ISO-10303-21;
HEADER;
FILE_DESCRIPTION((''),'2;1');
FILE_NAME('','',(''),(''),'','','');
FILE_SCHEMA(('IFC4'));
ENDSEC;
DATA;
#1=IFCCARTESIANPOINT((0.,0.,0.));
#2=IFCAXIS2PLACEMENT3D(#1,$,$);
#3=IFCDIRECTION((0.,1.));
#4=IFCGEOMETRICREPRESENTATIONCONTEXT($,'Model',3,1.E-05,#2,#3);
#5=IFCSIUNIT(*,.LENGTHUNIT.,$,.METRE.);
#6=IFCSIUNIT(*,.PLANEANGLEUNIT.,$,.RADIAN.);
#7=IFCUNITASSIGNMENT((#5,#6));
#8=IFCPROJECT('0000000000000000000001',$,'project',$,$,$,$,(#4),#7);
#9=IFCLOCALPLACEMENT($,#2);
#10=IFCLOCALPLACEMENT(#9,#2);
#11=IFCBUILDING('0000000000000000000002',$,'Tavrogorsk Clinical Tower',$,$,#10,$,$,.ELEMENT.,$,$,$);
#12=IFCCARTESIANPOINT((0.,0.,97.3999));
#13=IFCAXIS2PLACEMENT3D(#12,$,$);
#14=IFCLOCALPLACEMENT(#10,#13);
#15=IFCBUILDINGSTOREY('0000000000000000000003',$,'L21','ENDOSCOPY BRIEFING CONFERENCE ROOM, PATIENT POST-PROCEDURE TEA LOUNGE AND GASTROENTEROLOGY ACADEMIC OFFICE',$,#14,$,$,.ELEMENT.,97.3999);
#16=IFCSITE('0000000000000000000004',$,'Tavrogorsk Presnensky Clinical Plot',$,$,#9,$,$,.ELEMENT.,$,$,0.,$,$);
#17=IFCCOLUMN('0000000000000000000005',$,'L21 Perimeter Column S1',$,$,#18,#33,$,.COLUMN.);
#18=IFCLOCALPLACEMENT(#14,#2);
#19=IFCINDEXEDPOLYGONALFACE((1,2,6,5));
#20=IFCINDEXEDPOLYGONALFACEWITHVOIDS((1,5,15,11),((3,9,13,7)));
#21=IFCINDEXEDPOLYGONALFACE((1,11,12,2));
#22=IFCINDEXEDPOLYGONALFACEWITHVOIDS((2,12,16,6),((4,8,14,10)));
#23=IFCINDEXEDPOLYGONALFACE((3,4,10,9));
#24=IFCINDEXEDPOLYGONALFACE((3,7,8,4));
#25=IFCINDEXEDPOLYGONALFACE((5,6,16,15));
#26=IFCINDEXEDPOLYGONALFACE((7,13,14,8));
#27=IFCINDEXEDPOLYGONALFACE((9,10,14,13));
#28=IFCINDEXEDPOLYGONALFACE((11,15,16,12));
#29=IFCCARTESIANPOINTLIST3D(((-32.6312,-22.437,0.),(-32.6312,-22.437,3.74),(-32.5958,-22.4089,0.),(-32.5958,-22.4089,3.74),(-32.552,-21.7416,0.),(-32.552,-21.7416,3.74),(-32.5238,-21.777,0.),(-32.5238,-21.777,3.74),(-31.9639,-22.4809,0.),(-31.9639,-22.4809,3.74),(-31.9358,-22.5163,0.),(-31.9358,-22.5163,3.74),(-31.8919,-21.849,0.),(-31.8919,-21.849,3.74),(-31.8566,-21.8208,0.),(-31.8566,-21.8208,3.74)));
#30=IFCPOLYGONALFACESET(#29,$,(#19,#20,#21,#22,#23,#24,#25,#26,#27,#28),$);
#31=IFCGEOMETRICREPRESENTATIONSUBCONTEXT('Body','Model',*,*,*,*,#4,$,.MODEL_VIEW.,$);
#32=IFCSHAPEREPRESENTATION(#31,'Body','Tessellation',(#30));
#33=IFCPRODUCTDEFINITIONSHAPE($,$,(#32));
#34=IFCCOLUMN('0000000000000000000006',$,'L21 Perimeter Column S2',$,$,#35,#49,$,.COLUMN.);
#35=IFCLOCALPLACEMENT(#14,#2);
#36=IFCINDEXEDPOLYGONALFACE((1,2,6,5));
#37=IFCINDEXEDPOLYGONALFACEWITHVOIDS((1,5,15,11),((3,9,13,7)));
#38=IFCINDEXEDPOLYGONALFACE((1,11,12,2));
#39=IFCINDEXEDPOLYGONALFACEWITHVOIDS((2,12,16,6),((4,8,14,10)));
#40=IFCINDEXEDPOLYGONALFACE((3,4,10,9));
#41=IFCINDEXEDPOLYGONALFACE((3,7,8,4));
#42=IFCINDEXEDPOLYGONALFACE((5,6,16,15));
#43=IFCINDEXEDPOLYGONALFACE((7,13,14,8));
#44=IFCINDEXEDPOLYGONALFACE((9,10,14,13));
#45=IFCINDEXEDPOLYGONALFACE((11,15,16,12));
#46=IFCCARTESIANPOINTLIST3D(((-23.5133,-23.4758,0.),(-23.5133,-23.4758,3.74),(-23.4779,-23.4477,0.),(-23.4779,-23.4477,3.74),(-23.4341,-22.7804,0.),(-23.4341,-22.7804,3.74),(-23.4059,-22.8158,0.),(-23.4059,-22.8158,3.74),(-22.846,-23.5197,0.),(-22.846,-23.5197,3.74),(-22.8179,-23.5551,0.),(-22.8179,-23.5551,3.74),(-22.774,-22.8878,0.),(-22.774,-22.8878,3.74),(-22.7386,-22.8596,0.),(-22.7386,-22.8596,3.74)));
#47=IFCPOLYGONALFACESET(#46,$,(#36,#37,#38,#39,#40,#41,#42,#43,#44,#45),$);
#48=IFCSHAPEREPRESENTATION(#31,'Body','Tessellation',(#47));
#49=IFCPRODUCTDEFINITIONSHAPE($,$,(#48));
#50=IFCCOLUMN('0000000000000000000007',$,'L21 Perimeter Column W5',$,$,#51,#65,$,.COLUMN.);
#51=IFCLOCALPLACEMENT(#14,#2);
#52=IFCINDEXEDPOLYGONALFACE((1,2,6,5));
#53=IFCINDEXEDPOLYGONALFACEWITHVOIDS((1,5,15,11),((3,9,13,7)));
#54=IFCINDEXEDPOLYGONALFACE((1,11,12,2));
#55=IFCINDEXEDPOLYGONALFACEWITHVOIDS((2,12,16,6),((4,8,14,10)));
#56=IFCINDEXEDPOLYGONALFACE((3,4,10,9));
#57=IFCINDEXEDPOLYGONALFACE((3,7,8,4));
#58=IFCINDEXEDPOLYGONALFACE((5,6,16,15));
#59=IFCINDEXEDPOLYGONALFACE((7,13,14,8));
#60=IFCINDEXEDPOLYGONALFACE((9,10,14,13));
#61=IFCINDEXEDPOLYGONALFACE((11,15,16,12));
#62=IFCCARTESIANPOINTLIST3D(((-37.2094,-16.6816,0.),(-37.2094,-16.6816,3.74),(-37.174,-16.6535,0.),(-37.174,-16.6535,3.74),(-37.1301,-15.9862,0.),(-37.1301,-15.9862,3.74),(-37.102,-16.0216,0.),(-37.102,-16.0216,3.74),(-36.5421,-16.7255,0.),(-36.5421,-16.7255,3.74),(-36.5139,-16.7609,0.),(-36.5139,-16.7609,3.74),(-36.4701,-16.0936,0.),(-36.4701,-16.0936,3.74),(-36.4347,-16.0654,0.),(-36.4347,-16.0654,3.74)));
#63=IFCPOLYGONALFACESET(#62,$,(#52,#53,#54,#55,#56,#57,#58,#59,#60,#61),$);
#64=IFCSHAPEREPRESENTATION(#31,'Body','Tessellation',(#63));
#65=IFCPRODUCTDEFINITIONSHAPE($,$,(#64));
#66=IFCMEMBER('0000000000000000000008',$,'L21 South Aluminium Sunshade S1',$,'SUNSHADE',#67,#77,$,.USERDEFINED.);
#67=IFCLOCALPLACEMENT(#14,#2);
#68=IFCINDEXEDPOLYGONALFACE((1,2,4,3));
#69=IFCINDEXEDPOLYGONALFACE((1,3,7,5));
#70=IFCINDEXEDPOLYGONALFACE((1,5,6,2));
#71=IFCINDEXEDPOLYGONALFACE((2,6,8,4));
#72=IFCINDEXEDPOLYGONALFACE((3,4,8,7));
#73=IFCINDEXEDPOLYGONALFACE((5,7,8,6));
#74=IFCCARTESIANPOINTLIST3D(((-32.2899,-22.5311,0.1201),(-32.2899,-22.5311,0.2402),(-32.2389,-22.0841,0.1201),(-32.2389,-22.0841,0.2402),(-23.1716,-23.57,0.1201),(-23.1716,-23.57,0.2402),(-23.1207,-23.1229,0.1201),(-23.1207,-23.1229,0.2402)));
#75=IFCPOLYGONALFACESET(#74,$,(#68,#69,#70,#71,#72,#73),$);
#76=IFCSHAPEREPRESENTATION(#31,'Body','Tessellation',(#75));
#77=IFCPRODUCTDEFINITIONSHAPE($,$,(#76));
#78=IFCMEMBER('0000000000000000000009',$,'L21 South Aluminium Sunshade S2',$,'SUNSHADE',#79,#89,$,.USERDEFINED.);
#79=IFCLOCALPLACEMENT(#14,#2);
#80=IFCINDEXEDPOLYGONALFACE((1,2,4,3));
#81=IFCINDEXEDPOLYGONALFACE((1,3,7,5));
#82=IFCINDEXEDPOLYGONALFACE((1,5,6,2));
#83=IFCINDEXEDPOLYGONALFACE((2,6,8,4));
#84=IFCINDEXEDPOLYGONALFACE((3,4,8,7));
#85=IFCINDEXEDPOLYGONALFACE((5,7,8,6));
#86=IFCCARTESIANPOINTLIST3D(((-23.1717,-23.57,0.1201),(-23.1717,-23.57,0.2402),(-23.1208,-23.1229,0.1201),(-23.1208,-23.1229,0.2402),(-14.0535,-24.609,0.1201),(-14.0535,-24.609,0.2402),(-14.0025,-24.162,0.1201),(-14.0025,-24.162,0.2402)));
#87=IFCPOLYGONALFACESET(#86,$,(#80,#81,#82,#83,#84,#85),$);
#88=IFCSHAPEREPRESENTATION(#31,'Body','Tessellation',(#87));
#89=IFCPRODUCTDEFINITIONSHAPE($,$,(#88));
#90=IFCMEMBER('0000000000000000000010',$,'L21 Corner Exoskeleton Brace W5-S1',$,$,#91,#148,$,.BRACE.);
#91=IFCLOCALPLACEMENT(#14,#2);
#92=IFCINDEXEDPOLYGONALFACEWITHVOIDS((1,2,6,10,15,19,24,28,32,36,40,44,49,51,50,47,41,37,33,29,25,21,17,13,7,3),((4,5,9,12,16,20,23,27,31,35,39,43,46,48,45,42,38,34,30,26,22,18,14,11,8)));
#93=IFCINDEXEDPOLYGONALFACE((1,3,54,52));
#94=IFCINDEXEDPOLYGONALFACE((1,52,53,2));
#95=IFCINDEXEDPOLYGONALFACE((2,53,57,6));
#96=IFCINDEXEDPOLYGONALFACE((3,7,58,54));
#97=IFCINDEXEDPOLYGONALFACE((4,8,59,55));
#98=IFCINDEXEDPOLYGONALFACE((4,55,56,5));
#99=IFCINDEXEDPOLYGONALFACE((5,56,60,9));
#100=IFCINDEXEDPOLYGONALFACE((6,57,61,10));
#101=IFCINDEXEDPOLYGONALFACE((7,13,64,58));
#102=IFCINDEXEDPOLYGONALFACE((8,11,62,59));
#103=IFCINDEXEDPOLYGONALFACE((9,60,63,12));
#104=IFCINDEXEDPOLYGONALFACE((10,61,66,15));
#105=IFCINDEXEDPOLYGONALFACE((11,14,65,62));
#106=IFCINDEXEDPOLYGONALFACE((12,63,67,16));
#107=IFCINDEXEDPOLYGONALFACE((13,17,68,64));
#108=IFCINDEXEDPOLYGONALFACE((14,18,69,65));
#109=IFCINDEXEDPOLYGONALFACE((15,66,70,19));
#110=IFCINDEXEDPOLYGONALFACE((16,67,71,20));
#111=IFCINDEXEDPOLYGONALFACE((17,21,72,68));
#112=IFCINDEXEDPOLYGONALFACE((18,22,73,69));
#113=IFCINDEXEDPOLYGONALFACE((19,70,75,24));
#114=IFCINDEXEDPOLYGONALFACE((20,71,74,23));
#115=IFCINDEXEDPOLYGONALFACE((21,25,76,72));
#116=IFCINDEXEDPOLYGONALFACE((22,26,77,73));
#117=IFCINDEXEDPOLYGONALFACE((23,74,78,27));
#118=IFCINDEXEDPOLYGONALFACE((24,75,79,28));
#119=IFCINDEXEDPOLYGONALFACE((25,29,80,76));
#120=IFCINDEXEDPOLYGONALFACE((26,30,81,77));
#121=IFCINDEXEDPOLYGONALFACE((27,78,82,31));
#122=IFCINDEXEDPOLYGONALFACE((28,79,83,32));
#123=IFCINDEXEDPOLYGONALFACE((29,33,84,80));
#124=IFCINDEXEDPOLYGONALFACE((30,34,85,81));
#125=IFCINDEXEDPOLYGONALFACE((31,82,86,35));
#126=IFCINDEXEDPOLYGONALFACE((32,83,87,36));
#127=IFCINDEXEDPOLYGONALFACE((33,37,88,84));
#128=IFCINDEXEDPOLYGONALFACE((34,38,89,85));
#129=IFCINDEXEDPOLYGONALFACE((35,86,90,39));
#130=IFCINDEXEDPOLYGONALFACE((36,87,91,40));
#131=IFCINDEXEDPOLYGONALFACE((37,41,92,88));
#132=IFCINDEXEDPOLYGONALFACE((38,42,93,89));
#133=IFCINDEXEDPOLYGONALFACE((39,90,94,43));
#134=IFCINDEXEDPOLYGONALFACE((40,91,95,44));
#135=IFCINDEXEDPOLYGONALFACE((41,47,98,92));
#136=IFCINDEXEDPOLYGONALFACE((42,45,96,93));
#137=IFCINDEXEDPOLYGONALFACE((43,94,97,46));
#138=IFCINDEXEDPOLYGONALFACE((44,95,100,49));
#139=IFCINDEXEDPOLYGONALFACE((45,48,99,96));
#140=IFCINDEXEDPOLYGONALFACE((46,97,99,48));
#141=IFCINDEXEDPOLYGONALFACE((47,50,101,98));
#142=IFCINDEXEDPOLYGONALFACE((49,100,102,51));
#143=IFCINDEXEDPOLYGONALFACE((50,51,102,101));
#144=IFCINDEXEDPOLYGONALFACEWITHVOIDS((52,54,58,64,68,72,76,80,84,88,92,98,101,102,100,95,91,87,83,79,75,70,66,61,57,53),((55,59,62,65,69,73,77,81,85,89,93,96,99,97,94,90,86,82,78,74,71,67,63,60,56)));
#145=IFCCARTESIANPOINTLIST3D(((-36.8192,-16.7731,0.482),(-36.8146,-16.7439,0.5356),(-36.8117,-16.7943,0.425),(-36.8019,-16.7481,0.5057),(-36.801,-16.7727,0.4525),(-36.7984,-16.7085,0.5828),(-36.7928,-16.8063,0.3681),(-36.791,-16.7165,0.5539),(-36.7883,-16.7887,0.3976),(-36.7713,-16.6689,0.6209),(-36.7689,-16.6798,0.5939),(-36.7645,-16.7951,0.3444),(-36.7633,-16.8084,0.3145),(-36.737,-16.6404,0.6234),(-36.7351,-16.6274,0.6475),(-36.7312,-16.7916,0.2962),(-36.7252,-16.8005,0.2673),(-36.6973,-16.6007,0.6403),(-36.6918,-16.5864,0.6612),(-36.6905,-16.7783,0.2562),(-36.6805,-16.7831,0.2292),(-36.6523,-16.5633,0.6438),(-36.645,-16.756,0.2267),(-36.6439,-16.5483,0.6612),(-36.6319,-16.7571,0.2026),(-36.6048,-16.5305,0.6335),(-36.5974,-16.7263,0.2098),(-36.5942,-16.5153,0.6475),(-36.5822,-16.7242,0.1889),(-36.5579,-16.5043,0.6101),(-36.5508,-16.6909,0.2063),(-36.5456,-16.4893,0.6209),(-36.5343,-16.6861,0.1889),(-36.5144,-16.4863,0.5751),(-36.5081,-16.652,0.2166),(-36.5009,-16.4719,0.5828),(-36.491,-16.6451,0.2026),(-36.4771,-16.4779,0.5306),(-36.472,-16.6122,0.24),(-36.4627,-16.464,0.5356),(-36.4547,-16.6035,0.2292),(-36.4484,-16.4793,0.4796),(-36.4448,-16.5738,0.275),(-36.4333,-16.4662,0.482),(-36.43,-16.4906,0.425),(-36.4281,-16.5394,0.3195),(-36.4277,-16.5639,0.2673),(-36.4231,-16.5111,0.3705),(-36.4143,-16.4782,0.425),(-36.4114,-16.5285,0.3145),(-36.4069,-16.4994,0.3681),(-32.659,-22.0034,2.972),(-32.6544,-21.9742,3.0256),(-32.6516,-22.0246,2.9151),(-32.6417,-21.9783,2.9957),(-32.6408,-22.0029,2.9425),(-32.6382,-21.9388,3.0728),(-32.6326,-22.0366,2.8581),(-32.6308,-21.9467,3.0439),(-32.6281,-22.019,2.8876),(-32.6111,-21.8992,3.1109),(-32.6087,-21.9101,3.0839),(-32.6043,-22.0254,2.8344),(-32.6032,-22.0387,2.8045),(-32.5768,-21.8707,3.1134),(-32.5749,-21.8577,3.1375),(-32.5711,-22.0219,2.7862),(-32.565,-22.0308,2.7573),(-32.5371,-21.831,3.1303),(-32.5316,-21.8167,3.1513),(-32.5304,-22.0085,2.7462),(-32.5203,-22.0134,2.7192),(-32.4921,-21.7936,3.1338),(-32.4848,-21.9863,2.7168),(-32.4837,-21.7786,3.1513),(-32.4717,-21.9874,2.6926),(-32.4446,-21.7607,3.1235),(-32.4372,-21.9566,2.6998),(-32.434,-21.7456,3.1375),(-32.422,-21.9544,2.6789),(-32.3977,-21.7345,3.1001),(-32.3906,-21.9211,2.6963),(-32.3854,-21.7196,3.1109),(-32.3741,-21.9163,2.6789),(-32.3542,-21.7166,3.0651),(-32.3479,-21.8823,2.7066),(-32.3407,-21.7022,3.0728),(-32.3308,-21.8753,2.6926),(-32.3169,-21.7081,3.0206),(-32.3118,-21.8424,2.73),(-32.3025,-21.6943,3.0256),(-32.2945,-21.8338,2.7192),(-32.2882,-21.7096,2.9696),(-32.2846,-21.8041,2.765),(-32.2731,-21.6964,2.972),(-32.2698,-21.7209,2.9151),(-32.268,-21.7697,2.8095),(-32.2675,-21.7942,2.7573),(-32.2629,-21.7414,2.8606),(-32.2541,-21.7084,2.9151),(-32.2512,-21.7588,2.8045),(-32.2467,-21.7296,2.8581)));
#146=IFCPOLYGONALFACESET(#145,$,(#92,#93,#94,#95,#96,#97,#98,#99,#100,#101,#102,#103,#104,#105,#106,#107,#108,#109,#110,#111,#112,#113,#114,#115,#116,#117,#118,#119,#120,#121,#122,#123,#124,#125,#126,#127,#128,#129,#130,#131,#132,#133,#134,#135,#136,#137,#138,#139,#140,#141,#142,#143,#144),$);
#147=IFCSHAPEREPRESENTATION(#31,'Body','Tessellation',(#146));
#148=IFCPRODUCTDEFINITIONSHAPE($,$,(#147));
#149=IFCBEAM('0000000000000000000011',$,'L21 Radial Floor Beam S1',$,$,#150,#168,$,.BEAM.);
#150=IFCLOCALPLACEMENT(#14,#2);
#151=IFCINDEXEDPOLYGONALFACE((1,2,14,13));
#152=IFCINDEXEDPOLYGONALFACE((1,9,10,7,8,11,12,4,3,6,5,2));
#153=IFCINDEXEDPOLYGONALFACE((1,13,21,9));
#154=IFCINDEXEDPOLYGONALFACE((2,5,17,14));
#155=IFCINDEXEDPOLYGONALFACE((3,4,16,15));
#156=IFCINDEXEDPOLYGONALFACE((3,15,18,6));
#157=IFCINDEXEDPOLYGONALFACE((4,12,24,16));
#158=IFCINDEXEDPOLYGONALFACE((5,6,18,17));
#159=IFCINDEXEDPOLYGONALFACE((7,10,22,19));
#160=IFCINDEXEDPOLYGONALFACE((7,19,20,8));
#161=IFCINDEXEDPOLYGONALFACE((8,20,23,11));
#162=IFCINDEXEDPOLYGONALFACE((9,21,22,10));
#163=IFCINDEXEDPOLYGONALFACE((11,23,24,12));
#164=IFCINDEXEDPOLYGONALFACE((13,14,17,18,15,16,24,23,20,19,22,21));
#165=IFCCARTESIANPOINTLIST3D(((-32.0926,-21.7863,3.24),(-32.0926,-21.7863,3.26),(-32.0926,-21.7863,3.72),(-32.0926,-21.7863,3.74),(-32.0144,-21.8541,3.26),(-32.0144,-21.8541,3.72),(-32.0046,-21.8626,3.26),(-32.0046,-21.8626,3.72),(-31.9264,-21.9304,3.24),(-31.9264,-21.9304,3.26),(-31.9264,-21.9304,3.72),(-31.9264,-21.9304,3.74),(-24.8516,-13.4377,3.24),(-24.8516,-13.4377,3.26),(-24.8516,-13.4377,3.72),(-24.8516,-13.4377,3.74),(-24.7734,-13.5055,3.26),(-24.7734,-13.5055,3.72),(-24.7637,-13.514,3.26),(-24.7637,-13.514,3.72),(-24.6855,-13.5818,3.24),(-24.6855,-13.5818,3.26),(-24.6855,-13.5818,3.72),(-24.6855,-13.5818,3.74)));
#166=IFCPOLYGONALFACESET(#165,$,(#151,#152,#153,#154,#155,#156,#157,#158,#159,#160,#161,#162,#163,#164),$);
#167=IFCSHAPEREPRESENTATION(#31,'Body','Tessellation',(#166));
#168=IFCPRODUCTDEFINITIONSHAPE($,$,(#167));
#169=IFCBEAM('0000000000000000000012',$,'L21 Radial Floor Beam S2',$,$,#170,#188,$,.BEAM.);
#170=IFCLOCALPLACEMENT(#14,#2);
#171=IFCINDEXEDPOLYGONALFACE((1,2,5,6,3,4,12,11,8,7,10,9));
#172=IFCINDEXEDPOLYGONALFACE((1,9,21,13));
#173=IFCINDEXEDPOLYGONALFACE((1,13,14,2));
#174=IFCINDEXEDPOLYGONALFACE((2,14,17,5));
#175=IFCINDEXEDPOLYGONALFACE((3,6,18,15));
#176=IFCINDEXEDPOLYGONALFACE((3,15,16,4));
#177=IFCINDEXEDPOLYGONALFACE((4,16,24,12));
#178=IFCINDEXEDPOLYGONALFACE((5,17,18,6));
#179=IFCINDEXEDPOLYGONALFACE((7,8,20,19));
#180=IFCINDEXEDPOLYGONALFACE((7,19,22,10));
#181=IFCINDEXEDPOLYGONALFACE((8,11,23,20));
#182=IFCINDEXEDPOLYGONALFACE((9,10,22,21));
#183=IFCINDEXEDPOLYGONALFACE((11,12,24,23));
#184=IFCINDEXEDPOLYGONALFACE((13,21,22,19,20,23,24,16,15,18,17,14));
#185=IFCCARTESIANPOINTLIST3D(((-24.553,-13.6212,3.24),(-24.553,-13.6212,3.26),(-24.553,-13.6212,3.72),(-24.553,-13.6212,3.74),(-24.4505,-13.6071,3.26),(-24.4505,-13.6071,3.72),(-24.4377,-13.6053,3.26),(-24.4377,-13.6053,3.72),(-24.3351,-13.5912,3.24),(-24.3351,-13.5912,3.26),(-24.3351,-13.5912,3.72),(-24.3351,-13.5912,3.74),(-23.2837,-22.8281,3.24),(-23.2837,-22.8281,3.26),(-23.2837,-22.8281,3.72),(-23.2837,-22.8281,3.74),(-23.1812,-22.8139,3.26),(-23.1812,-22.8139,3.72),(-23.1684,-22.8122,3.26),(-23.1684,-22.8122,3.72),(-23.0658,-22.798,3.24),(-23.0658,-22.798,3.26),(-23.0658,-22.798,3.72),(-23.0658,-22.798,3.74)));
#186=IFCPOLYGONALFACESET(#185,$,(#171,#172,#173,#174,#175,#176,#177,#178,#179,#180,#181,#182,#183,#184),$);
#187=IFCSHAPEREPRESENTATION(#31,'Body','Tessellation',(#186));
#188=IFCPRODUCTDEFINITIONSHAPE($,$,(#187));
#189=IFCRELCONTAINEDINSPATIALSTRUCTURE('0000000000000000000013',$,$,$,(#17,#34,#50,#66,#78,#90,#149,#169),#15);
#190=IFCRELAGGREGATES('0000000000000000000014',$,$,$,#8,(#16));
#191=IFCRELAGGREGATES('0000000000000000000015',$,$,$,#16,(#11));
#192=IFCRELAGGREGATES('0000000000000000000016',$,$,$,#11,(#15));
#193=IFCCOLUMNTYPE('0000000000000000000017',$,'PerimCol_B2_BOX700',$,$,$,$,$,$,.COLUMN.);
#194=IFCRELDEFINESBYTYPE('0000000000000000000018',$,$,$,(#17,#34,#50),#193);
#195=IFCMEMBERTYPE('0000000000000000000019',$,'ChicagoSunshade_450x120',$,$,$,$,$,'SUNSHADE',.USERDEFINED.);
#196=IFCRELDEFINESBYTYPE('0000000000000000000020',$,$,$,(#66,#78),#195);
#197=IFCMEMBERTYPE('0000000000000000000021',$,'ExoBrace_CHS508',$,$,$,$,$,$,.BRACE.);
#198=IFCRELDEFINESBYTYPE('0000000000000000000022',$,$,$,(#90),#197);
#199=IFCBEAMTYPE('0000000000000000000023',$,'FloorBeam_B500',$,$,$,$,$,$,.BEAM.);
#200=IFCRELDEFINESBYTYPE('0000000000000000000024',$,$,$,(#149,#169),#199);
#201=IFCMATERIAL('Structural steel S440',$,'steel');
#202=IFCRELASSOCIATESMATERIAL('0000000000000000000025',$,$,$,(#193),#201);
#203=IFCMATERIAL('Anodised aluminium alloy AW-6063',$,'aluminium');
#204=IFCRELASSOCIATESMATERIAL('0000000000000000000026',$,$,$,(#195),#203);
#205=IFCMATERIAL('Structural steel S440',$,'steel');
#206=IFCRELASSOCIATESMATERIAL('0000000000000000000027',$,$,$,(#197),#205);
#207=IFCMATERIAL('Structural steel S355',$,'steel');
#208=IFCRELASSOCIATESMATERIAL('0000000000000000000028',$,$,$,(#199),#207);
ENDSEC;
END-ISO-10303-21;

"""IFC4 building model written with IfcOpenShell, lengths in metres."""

from ifc_helpers import new_model, si_unit, direction, frame, origin, origin_2d, place, context, subcontext, project, spatial, rectangle, hollow_rectangle, hollow_circle, i_section, extrude, material, material_profile, profile_set, type_object, element, save


model = new_model("IFC4")

# Units and contexts
model_context = context("Model", 3, precision=1e-05, world=origin(), true_north=direction((0.0, 1.0)))
body_context = subcontext(model_context, "Body", "Model", "MODEL_VIEW")
ifc_project = project(units=[si_unit("LENGTHUNIT", "METRE"), si_unit("PLANEANGLEUNIT", "RADIAN")], contexts=[model_context])

# Site, building, storey
site_placement = place(None, origin())
site = spatial("IfcSite", under=ifc_project, at=site_placement, Name="Tavrogorsk Presnensky Clinical Plot", CompositionType="ELEMENT", RefElevation=0.0)
building_placement = place(site_placement, origin())
building = spatial("IfcBuilding", under=site, at=building_placement, Name="Tavrogorsk Clinical Tower", CompositionType="ELEMENT")
storey_placement = place(building_placement, frame((0.0, 0.0, 97.3999)))
storey = spatial("IfcBuildingStorey", under=building, at=storey_placement, Name="L21", Description="ENDOSCOPY BRIEFING CONFERENCE ROOM, PATIENT POST-PROCEDURE TEA LOUNGE AND GASTROENTEROLOGY ACADEMIC OFFICE", CompositionType="ELEMENT", Elevation=97.3999)

# Columns
ifc_material_1 = material(Name="Structural steel S440", Category="steel")
ifc_material_profile_1 = material_profile(ifc_material_1, hollow_rectangle(XDim=0.7, YDim=0.7, WallThickness=0.032, at=origin_2d()), Name="BOX-700x700x32")
ifc_profile_set_1 = profile_set([ifc_material_profile_1], Name="Structural steel S440")
column_type = type_object("IfcColumnType", Name="PerimCol_B2_BOX700", PredefinedType="COLUMN", material=ifc_profile_set_1)
for number, where, z_axis, x_axis, name in (
    (1, (-32.2439, -22.1289, 0.0), (0.0, 0.0, 1.0), (0.993572, -0.113203, 0.0), "L21 Perimeter Column S1"),
    (2, (-23.126, -23.1677, 0.0), (0.0, 0.0, 1.0), (0.993572, -0.113203, 0.0), "L21 Perimeter Column S2"),
    (3, (-36.822, -16.3735, 0.0), (0.0, 0.0, 1.0), (0.993572, -0.113203, 0.0), "L21 Perimeter Column W5"),
):
    element("IfcColumn", number, at=place(storey_placement, frame(where, z_axis=z_axis, x_axis=x_axis)), inside=storey, type_object=column_type, Name=name, PredefinedType="COLUMN", context=body_context, shape_type="SweptSolid", body=[
        extrude(hollow_rectangle(XDim=0.7, YDim=0.7, WallThickness=0.032, at=origin_2d()), origin(), (0.0, 0.0, 1.0), 3.74),
    ])

# Members
ifc_material_2 = material(Name="Anodised aluminium alloy AW-6063", Category="aluminium")
ifc_material_profile_2 = material_profile(ifc_material_2, rectangle(XDim=0.45, YDim=0.1201, at=origin_2d()), Name="ALU-SUNSHADE-450x120")
ifc_profile_set_2 = profile_set([ifc_material_profile_2], Name="Anodised aluminium alloy AW-6063")
member_type_1 = type_object("IfcMemberType", Name="ChicagoSunshade_450x120", ElementType="SUNSHADE", PredefinedType="USERDEFINED", material=ifc_profile_set_2)
for number, where, z_axis, x_axis, name in (
    (4, (-32.2644, -22.3076, 0.1802), (0.993573, -0.113196, 0.0), (0.113196, 0.993573, 0.0), "L21 South Aluminium Sunshade S1"),
    (5, (-23.1462, -23.3464, 0.1802), (0.99357, -0.113222, 0.0), (0.113222, 0.99357, 0.0), "L21 South Aluminium Sunshade S2"),
):
    element("IfcMember", number, at=place(storey_placement, frame(where, z_axis=z_axis, x_axis=x_axis)), inside=storey, type_object=member_type_1, Name=name, ObjectType="SUNSHADE", PredefinedType="USERDEFINED", context=body_context, shape_type="SweptSolid", body=[
        extrude(rectangle(XDim=0.45, YDim=0.1201, at=origin_2d()), origin(), (0.0, 0.0, 1.0), 9.1772),
    ])
ifc_material_3 = material(Name="Structural steel S440", Category="steel")
ifc_material_profile_3 = material_profile(ifc_material_3, hollow_circle(Radius=0.2539, WallThickness=0.02, at=origin_2d()), Name="CHS-508x20")
ifc_profile_set_3 = profile_set([ifc_material_profile_3], Name="Structural steel S440")
member_type_2 = type_object("IfcMemberType", Name="ExoBrace_CHS508", PredefinedType="BRACE", material=ifc_profile_set_3)
member_1_placement = place(storey_placement, frame((-36.613, -16.6362, 0.425), z_axis=(0.583327, -0.733369, 0.34914), x_axis=(0.782619, 0.622501, 0.0)))
element("IfcMember", 6, at=member_1_placement, inside=storey, type_object=member_type_2, Name="L21 Corner Exoskeleton Brace W5-S1", PredefinedType="BRACE", context=body_context, shape_type="SweptSolid", body=[
    extrude(hollow_circle(Radius=0.2539, WallThickness=0.02, at=origin_2d()), origin(), (0.0, 0.0, 1.0), 7.1318),
])

# Beams
ifc_material_4 = material(Name="Structural steel S355", Category="steel")
ifc_material_profile_4 = material_profile(ifc_material_4, i_section(OverallWidth=0.22, OverallDepth=0.5, WebThickness=0.0129, FlangeThickness=0.02, at=origin_2d()), Name="B-500x220x13x20")
ifc_profile_set_4 = profile_set([ifc_material_profile_4], Name="Structural steel S355")
beam_type_1 = type_object("IfcBeamType", Name="FloorBeam_B500", PredefinedType="BEAM", material=ifc_profile_set_4)
beam_1_placement = place(storey_placement, frame((-24.7686, -13.5098, 3.49), z_axis=(-0.655214, -0.755443, 0.0), x_axis=(0.755443, -0.655214, 0.0)))
element("IfcBeam", 7, at=beam_1_placement, inside=storey, type_object=beam_type_1, Name="L21 Radial Floor Beam S1", PredefinedType="BEAM", context=body_context, shape_type="SweptSolid", body=[
    extrude(i_section(OverallWidth=0.22, OverallDepth=0.5, WebThickness=0.0129, FlangeThickness=0.02, at=origin_2d()), origin(), (0.0, 0.0, 1.0), 11.0513),
])
beam_2_placement = place(storey_placement, frame((-24.4441, -13.6062, 3.49), z_axis=(0.136573, -0.99063, 0.0), x_axis=(0.99063, 0.136573, 0.0)))
element("IfcBeam", 8, at=beam_2_placement, inside=storey, type_object=beam_type_1, Name="L21 Radial Floor Beam S2", PredefinedType="BEAM", context=body_context, shape_type="SweptSolid", body=[
    extrude(i_section(OverallWidth=0.22, OverallDepth=0.5, WebThickness=0.0129, FlangeThickness=0.02, at=origin_2d()), origin(), (0.0, 0.0, 1.0), 9.2939),
])

save(model, "model.ifc")
